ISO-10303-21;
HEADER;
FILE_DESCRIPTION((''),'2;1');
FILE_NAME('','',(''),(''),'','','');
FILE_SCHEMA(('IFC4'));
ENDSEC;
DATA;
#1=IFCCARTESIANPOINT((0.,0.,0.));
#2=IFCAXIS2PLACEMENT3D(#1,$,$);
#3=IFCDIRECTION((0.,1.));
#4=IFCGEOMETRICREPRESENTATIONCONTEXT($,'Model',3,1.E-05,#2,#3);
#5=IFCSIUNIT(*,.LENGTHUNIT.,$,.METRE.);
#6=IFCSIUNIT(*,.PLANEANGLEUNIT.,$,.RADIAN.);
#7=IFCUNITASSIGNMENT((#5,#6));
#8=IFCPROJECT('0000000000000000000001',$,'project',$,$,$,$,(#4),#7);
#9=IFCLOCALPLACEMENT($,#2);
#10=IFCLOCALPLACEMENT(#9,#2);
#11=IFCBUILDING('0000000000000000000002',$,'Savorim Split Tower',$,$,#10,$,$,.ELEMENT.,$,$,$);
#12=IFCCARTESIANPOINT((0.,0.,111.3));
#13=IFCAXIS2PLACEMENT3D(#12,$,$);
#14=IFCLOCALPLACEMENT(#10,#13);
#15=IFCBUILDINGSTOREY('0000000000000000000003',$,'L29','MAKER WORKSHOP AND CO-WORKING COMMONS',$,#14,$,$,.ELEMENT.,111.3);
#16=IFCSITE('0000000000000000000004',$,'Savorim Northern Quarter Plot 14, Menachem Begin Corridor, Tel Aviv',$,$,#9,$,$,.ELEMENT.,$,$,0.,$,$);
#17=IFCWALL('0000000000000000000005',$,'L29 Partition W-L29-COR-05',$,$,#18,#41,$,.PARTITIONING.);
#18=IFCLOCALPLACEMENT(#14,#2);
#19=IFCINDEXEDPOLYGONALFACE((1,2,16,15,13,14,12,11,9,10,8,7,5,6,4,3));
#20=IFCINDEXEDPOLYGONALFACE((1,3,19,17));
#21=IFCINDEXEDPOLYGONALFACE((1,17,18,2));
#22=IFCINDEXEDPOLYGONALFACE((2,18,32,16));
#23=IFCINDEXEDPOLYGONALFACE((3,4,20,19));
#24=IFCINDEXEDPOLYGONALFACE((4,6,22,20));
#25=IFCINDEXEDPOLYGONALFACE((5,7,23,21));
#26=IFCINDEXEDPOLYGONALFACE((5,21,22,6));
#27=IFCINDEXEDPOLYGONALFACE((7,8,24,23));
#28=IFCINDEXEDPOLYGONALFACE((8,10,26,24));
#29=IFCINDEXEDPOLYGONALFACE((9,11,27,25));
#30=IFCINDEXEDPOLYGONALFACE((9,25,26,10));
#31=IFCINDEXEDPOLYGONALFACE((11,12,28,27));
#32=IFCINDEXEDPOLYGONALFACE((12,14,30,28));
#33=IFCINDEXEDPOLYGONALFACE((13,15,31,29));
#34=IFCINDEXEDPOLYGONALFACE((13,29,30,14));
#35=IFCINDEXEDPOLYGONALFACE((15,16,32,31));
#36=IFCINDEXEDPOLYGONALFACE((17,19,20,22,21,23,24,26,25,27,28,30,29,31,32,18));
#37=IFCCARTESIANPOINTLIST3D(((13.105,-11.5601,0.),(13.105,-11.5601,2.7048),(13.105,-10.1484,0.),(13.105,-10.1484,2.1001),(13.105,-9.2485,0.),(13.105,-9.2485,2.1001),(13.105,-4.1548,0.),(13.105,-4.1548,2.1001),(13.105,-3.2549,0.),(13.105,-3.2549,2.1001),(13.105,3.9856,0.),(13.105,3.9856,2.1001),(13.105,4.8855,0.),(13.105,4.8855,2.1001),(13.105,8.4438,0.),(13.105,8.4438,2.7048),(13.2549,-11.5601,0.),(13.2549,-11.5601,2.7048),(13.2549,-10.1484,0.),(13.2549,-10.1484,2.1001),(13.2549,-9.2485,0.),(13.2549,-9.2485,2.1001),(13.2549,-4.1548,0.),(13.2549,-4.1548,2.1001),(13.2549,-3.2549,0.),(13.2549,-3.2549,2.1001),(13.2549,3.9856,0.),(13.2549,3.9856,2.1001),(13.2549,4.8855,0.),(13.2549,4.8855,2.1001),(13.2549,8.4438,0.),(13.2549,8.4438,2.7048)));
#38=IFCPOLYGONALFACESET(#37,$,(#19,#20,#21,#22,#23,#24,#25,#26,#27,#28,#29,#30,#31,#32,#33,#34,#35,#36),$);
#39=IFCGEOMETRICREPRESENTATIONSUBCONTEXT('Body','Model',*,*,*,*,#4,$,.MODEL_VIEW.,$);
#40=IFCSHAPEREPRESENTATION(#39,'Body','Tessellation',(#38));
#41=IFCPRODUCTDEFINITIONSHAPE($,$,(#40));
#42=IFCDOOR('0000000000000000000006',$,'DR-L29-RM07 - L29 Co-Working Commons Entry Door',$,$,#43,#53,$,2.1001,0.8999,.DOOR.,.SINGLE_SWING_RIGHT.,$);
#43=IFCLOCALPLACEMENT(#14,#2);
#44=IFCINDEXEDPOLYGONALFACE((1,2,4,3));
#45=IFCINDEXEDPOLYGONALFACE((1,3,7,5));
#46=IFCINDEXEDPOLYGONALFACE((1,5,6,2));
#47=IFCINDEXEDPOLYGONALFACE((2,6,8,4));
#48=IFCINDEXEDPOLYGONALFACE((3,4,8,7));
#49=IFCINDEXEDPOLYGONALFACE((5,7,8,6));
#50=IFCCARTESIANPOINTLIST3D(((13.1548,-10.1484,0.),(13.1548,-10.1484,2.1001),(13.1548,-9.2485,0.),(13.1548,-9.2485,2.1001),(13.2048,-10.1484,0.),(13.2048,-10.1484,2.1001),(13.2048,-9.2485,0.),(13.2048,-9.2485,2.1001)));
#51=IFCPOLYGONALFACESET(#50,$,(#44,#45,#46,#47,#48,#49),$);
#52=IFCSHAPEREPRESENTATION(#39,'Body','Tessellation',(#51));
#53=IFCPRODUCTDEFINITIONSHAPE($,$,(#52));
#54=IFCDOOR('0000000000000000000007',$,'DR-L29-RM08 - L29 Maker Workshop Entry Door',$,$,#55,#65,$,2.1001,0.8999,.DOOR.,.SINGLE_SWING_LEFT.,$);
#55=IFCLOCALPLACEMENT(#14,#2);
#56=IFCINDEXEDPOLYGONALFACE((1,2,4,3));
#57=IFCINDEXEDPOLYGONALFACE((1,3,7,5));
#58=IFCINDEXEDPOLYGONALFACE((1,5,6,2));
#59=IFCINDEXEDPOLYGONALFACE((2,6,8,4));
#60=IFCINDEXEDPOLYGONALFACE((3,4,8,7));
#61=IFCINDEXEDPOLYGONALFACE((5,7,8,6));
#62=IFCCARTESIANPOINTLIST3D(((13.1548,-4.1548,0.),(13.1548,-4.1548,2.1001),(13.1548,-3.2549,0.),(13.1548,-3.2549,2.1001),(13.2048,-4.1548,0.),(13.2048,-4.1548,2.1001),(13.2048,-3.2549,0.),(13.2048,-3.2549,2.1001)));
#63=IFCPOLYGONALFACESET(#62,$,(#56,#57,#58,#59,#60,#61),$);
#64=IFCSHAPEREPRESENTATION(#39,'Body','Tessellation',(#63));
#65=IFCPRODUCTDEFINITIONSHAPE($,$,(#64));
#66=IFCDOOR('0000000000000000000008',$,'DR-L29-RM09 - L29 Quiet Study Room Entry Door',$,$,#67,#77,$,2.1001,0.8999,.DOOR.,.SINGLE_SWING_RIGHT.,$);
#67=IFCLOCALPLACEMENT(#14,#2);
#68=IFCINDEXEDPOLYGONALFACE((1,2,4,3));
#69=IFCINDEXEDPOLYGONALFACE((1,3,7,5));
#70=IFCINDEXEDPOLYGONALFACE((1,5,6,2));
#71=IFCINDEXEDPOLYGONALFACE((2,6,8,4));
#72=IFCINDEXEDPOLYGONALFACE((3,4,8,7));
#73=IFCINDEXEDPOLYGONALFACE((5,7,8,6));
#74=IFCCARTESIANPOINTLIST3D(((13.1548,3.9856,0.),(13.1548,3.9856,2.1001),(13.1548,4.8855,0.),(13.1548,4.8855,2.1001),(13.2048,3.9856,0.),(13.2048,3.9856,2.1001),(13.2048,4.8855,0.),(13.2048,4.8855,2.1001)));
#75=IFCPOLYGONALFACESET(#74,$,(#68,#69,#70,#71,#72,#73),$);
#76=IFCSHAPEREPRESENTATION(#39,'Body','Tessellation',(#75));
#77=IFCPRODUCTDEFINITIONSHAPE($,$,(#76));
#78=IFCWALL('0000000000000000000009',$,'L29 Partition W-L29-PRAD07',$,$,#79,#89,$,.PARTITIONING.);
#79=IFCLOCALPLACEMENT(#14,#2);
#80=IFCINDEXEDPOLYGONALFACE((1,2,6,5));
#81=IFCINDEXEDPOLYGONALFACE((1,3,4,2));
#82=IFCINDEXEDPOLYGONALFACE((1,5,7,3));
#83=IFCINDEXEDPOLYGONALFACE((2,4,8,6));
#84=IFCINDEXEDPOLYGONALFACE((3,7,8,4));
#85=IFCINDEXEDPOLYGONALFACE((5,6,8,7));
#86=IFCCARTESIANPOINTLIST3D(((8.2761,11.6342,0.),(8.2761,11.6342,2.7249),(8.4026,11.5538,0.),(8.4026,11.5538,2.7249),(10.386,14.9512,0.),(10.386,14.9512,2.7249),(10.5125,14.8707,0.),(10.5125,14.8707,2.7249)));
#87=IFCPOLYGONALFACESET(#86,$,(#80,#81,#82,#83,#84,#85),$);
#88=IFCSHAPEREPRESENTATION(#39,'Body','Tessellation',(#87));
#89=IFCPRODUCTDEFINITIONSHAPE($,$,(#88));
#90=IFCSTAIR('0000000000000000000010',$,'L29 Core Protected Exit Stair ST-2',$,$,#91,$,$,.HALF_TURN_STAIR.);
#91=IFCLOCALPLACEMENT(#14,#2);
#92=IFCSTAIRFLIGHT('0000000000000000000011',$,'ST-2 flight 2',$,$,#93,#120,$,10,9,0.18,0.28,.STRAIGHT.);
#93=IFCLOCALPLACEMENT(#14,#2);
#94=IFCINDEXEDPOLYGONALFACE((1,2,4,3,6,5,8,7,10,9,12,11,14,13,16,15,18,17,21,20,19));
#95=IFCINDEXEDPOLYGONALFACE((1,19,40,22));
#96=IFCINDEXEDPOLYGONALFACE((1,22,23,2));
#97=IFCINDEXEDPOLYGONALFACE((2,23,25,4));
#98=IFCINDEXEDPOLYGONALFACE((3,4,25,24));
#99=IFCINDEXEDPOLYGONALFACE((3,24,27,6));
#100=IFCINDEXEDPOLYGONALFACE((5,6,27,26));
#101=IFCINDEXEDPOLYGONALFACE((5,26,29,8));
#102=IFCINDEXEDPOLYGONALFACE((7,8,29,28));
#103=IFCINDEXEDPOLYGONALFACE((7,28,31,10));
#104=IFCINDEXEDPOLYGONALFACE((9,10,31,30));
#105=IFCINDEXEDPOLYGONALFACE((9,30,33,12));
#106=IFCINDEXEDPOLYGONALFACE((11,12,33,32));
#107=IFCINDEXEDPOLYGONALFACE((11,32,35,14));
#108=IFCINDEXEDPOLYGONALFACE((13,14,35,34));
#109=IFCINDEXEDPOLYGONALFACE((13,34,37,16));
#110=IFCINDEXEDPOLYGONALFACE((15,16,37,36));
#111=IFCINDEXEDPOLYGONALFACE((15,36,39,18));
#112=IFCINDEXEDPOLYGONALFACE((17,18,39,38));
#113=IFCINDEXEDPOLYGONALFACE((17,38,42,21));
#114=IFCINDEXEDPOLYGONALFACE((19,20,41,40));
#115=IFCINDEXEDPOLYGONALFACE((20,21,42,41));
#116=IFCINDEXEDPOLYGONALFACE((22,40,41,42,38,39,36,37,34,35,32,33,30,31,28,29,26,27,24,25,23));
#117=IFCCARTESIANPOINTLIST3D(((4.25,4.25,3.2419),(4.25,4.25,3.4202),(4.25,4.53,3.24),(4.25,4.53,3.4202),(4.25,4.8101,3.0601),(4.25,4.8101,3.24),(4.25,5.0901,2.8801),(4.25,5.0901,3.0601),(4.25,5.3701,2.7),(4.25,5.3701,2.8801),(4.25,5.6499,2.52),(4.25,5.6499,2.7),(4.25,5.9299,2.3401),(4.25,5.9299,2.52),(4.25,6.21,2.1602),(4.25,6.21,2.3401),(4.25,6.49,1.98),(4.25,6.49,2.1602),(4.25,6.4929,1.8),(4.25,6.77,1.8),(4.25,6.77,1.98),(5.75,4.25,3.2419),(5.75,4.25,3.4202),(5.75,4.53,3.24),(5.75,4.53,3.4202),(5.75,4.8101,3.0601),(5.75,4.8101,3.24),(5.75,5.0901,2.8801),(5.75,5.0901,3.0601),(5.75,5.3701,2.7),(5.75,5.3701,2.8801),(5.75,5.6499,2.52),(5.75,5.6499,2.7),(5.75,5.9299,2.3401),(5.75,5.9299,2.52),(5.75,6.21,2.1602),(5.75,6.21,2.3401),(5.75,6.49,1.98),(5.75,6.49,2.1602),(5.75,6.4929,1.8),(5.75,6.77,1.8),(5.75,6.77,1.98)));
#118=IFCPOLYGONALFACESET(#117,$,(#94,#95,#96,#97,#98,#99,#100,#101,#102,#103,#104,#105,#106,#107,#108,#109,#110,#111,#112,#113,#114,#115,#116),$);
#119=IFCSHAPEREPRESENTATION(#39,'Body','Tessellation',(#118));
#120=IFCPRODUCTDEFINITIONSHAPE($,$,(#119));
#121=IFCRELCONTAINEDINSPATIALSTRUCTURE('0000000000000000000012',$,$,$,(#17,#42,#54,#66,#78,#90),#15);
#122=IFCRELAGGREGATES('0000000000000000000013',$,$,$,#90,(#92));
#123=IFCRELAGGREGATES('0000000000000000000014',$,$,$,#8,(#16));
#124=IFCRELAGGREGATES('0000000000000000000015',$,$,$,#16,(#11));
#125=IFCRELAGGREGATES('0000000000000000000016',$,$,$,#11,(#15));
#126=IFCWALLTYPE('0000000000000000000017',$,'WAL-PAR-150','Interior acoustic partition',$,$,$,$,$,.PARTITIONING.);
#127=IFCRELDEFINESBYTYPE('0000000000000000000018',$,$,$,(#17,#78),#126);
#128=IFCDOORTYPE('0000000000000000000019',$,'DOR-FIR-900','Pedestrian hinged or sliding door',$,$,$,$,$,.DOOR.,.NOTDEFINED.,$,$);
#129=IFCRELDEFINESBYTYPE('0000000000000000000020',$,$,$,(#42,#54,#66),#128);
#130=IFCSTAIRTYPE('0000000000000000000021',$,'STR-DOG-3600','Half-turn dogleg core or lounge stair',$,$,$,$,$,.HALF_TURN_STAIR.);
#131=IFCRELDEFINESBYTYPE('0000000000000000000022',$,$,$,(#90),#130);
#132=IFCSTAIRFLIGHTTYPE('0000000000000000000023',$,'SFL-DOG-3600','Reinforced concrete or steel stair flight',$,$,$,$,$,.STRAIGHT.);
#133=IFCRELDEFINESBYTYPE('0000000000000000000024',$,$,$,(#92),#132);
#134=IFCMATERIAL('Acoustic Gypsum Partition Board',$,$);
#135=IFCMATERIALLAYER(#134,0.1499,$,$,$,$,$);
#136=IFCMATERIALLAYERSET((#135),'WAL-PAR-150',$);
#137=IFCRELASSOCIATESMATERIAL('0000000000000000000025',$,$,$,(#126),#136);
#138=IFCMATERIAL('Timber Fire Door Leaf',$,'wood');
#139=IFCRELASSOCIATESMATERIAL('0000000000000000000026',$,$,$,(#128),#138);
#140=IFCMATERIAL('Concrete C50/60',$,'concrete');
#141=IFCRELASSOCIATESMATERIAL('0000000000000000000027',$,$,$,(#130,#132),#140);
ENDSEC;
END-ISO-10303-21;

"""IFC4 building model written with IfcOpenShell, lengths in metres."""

from ifc_helpers import new_model, si_unit, direction, frame, frame_2d, origin, place, context, subcontext, project, spatial, polyline, rectangle, outline, extrude, material, layer, layer_set, type_object, element, fill, aggregate, save


model = new_model("IFC4")

# Units and contexts
model_context = context("Model", 3, precision=1e-05, world=origin(), true_north=direction((0.0, 1.0)))
body_context = subcontext(model_context, "Body", "Model", "MODEL_VIEW")
ifc_project = project(units=[si_unit("LENGTHUNIT", "METRE"), si_unit("PLANEANGLEUNIT", "RADIAN")], contexts=[model_context])

# Site, building, storey
site_placement = place(None, origin())
site = spatial("IfcSite", under=ifc_project, at=site_placement, Name="Savorim Northern Quarter Plot 14, Menachem Begin Corridor, Tel Aviv", CompositionType="ELEMENT", RefElevation=0.0)
building_placement = place(site_placement, origin())
building = spatial("IfcBuilding", under=site, at=building_placement, Name="Savorim Split Tower", CompositionType="ELEMENT")
storey_placement = place(building_placement, frame((0.0, 0.0, 111.3)))
storey = spatial("IfcBuildingStorey", under=building, at=storey_placement, Name="L29", Description="MAKER WORKSHOP AND CO-WORKING COMMONS", CompositionType="ELEMENT", Elevation=111.3)

# Shared definitions
ifc_material_1 = material(Name="Timber Fire Door Leaf", Category="wood")

# Shared definitions
ifc_material_2 = material(Name="Acoustic Gypsum Partition Board")
ifc_layer_1 = layer(ifc_material_2, 0.1499)
ifc_layer_set_1 = layer_set([ifc_layer_1], Name="WAL-PAR-150")
wall_type_1 = type_object("IfcWallType", Name="WAL-PAR-150", Description="Interior acoustic partition", PredefinedType="PARTITIONING", material=ifc_layer_set_1)

# Wall, openings, doors
wall_1_placement = place(storey_placement, frame((13.1799, 8.4438, 0.0), z_axis=(0.0, 0.0, 1.0), x_axis=(0.0, -1.0, 0.0)))
wall_1 = element("IfcWall", 1, at=wall_1_placement, inside=storey, type_object=wall_type_1, Name="L29 Partition W-L29-COR-05", PredefinedType="PARTITIONING", context=body_context, shape_type="SweptSolid", body=[
    extrude(rectangle(XDim=20.0039, YDim=0.1499, at=frame_2d((10.002, 0.0))), origin(), (0.0, 0.0, 1.0), 2.7048),
])
opening_1_placement = place(wall_1_placement, frame((17.6924, 0.0, 0.0)))
opening_1 = element("IfcOpeningElement", 2, at=opening_1_placement, cuts=wall_1, PredefinedType="OPENING", context=body_context, shape_type="SweptSolid", body=[
    extrude(rectangle(XDim=0.8999, YDim=2.1001, at=frame_2d((0.45, 1.05))), frame((0.0, 0.085, 0.0), z_axis=(0.0, -1.0, 0.0), x_axis=(1.0, 0.0, 0.0)), (0.0, 0.0, 1.0), 0.1699),
])
opening_2_placement = place(wall_1_placement, frame((11.6987, 0.0, 0.0)))
opening_2 = element("IfcOpeningElement", 3, at=opening_2_placement, cuts=wall_1, PredefinedType="OPENING", context=body_context, shape_type="SweptSolid", body=[
    extrude(rectangle(XDim=0.8999, YDim=2.1001, at=frame_2d((0.45, 1.05))), frame((0.0, 0.085, 0.0), z_axis=(0.0, -1.0, 0.0), x_axis=(1.0, 0.0, 0.0)), (0.0, 0.0, 1.0), 0.1699),
])
opening_3_placement = place(wall_1_placement, frame((3.5583, 0.0, 0.0)))
opening_3 = element("IfcOpeningElement", 4, at=opening_3_placement, cuts=wall_1, PredefinedType="OPENING", context=body_context, shape_type="SweptSolid", body=[
    extrude(rectangle(XDim=0.8999, YDim=2.1001, at=frame_2d((0.45, 1.05))), frame((0.0, 0.085, 0.0), z_axis=(0.0, -1.0, 0.0), x_axis=(1.0, 0.0, 0.0)), (0.0, 0.0, 1.0), 0.1699),
])
door_type_1 = type_object("IfcDoorType", Name="DOR-FIR-900", Description="Pedestrian hinged or sliding door", OperationType="NOTDEFINED", PredefinedType="DOOR", material=ifc_material_1)
door_1_placement = place(opening_1_placement, origin())
door_1 = element("IfcDoor", 5, at=door_1_placement, inside=storey, type_object=door_type_1, Name="DR-L29-RM07 - L29 Co-Working Commons Entry Door", OperationType="SINGLE_SWING_RIGHT", OverallHeight=2.1001, OverallWidth=0.8999, PredefinedType="DOOR", context=body_context, shape_type="SweptSolid", body=[
    extrude(rectangle(XDim=0.8999, YDim=2.1001, at=frame_2d((0.45, 1.05))), frame((0.0, 0.0249, 0.0), z_axis=(0.0, -1.0, 0.0), x_axis=(1.0, 0.0, 0.0)), (0.0, 0.0, 1.0), 0.05),
])
fill(opening_1, door_1)
door_2_placement = place(opening_2_placement, origin())
door_2 = element("IfcDoor", 6, at=door_2_placement, inside=storey, type_object=door_type_1, Name="DR-L29-RM08 - L29 Maker Workshop Entry Door", OperationType="SINGLE_SWING_LEFT", OverallHeight=2.1001, OverallWidth=0.8999, PredefinedType="DOOR", context=body_context, shape_type="SweptSolid", body=[
    extrude(rectangle(XDim=0.8999, YDim=2.1001, at=frame_2d((0.45, 1.05))), frame((0.0, 0.0249, 0.0), z_axis=(0.0, -1.0, 0.0), x_axis=(1.0, 0.0, 0.0)), (0.0, 0.0, 1.0), 0.05),
])
fill(opening_2, door_2)
door_3_placement = place(opening_3_placement, origin())
door_3 = element("IfcDoor", 7, at=door_3_placement, inside=storey, type_object=door_type_1, Name="DR-L29-RM09 - L29 Quiet Study Room Entry Door", OperationType="SINGLE_SWING_RIGHT", OverallHeight=2.1001, OverallWidth=0.8999, PredefinedType="DOOR", context=body_context, shape_type="SweptSolid", body=[
    extrude(rectangle(XDim=0.8999, YDim=2.1001, at=frame_2d((0.45, 1.05))), frame((0.0, 0.0249, 0.0), z_axis=(0.0, -1.0, 0.0), x_axis=(1.0, 0.0, 0.0)), (0.0, 0.0, 1.0), 0.05),
])
fill(opening_3, door_3)

# Wall
wall_2_placement = place(storey_placement, frame((8.3394, 11.594, 0.0), z_axis=(0.0, 0.0, 1.0), x_axis=(0.536715, 0.843764, 0.0)))
element("IfcWall", 8, at=wall_2_placement, inside=storey, type_object=wall_type_1, Name="L29 Partition W-L29-PRAD07", PredefinedType="PARTITIONING", context=body_context, shape_type="SweptSolid", body=[
    extrude(rectangle(XDim=3.9312, YDim=0.1499, at=frame_2d((1.9656, 0.0))), origin(), (0.0, 0.0, 1.0), 2.7249),
])

# Stair, stair flight
ifc_material_3 = material(Name="Concrete C50/60", Category="concrete")
stair_type = type_object("IfcStairType", Name="STR-DOG-3600", Description="Half-turn dogleg core or lounge stair", PredefinedType="HALF_TURN_STAIR", material=ifc_material_3)
stair_placement = place(storey_placement, origin())
stair = element("IfcStair", 9, at=stair_placement, inside=storey, type_object=stair_type, Name="L29 Core Protected Exit Stair ST-2", PredefinedType="HALF_TURN_STAIR")
stair_flight_type = type_object("IfcStairFlightType", Name="SFL-DOG-3600", Description="Reinforced concrete or steel stair flight", PredefinedType="STRAIGHT", material=ifc_material_3)
stair_flight_placement = place(storey_placement, frame((5.0, 6.77, 1.8), z_axis=(0.0, 0.0, 1.0), x_axis=(0.0, -1.0, 0.0)))
stair_flight = element("IfcStairFlight", 10, at=stair_flight_placement, type_object=stair_flight_type, Name="ST-2 flight 2", NumberOfRisers=10, NumberOfTreads=9, PredefinedType="STRAIGHT", RiserHeight=0.18, TreadLength=0.28, context=body_context, shape_type="SweptSolid", body=[
    extrude(outline(polyline([(0.0, 0.0), (0.0, 0.1799), (0.28, 0.1799), (0.28, 0.3601), (0.5601, 0.3601), (0.5601, 0.54), (0.8401, 0.54), (0.8401, 0.72), (1.1201, 0.72), (1.1201, 0.8999), (1.3999, 0.8999), (1.3999, 1.0801), (1.6799, 1.0801), (1.6799, 1.26), (1.96, 1.26), (1.96, 1.4399), (2.24, 1.4399), (2.24, 1.6201), (2.52, 1.6201), (2.52, 1.8), (2.52, 1.4419), (0.2771, 0.0), (0.0, 0.0)])), frame((0.0, 0.75, 0.0), z_axis=(0.0, -1.0, 0.0), x_axis=(1.0, 0.0, 0.0)), (0.0, 0.0, 1.0), 1.5),
])
aggregate(stair, [stair_flight])

save(model, "model.ifc")
